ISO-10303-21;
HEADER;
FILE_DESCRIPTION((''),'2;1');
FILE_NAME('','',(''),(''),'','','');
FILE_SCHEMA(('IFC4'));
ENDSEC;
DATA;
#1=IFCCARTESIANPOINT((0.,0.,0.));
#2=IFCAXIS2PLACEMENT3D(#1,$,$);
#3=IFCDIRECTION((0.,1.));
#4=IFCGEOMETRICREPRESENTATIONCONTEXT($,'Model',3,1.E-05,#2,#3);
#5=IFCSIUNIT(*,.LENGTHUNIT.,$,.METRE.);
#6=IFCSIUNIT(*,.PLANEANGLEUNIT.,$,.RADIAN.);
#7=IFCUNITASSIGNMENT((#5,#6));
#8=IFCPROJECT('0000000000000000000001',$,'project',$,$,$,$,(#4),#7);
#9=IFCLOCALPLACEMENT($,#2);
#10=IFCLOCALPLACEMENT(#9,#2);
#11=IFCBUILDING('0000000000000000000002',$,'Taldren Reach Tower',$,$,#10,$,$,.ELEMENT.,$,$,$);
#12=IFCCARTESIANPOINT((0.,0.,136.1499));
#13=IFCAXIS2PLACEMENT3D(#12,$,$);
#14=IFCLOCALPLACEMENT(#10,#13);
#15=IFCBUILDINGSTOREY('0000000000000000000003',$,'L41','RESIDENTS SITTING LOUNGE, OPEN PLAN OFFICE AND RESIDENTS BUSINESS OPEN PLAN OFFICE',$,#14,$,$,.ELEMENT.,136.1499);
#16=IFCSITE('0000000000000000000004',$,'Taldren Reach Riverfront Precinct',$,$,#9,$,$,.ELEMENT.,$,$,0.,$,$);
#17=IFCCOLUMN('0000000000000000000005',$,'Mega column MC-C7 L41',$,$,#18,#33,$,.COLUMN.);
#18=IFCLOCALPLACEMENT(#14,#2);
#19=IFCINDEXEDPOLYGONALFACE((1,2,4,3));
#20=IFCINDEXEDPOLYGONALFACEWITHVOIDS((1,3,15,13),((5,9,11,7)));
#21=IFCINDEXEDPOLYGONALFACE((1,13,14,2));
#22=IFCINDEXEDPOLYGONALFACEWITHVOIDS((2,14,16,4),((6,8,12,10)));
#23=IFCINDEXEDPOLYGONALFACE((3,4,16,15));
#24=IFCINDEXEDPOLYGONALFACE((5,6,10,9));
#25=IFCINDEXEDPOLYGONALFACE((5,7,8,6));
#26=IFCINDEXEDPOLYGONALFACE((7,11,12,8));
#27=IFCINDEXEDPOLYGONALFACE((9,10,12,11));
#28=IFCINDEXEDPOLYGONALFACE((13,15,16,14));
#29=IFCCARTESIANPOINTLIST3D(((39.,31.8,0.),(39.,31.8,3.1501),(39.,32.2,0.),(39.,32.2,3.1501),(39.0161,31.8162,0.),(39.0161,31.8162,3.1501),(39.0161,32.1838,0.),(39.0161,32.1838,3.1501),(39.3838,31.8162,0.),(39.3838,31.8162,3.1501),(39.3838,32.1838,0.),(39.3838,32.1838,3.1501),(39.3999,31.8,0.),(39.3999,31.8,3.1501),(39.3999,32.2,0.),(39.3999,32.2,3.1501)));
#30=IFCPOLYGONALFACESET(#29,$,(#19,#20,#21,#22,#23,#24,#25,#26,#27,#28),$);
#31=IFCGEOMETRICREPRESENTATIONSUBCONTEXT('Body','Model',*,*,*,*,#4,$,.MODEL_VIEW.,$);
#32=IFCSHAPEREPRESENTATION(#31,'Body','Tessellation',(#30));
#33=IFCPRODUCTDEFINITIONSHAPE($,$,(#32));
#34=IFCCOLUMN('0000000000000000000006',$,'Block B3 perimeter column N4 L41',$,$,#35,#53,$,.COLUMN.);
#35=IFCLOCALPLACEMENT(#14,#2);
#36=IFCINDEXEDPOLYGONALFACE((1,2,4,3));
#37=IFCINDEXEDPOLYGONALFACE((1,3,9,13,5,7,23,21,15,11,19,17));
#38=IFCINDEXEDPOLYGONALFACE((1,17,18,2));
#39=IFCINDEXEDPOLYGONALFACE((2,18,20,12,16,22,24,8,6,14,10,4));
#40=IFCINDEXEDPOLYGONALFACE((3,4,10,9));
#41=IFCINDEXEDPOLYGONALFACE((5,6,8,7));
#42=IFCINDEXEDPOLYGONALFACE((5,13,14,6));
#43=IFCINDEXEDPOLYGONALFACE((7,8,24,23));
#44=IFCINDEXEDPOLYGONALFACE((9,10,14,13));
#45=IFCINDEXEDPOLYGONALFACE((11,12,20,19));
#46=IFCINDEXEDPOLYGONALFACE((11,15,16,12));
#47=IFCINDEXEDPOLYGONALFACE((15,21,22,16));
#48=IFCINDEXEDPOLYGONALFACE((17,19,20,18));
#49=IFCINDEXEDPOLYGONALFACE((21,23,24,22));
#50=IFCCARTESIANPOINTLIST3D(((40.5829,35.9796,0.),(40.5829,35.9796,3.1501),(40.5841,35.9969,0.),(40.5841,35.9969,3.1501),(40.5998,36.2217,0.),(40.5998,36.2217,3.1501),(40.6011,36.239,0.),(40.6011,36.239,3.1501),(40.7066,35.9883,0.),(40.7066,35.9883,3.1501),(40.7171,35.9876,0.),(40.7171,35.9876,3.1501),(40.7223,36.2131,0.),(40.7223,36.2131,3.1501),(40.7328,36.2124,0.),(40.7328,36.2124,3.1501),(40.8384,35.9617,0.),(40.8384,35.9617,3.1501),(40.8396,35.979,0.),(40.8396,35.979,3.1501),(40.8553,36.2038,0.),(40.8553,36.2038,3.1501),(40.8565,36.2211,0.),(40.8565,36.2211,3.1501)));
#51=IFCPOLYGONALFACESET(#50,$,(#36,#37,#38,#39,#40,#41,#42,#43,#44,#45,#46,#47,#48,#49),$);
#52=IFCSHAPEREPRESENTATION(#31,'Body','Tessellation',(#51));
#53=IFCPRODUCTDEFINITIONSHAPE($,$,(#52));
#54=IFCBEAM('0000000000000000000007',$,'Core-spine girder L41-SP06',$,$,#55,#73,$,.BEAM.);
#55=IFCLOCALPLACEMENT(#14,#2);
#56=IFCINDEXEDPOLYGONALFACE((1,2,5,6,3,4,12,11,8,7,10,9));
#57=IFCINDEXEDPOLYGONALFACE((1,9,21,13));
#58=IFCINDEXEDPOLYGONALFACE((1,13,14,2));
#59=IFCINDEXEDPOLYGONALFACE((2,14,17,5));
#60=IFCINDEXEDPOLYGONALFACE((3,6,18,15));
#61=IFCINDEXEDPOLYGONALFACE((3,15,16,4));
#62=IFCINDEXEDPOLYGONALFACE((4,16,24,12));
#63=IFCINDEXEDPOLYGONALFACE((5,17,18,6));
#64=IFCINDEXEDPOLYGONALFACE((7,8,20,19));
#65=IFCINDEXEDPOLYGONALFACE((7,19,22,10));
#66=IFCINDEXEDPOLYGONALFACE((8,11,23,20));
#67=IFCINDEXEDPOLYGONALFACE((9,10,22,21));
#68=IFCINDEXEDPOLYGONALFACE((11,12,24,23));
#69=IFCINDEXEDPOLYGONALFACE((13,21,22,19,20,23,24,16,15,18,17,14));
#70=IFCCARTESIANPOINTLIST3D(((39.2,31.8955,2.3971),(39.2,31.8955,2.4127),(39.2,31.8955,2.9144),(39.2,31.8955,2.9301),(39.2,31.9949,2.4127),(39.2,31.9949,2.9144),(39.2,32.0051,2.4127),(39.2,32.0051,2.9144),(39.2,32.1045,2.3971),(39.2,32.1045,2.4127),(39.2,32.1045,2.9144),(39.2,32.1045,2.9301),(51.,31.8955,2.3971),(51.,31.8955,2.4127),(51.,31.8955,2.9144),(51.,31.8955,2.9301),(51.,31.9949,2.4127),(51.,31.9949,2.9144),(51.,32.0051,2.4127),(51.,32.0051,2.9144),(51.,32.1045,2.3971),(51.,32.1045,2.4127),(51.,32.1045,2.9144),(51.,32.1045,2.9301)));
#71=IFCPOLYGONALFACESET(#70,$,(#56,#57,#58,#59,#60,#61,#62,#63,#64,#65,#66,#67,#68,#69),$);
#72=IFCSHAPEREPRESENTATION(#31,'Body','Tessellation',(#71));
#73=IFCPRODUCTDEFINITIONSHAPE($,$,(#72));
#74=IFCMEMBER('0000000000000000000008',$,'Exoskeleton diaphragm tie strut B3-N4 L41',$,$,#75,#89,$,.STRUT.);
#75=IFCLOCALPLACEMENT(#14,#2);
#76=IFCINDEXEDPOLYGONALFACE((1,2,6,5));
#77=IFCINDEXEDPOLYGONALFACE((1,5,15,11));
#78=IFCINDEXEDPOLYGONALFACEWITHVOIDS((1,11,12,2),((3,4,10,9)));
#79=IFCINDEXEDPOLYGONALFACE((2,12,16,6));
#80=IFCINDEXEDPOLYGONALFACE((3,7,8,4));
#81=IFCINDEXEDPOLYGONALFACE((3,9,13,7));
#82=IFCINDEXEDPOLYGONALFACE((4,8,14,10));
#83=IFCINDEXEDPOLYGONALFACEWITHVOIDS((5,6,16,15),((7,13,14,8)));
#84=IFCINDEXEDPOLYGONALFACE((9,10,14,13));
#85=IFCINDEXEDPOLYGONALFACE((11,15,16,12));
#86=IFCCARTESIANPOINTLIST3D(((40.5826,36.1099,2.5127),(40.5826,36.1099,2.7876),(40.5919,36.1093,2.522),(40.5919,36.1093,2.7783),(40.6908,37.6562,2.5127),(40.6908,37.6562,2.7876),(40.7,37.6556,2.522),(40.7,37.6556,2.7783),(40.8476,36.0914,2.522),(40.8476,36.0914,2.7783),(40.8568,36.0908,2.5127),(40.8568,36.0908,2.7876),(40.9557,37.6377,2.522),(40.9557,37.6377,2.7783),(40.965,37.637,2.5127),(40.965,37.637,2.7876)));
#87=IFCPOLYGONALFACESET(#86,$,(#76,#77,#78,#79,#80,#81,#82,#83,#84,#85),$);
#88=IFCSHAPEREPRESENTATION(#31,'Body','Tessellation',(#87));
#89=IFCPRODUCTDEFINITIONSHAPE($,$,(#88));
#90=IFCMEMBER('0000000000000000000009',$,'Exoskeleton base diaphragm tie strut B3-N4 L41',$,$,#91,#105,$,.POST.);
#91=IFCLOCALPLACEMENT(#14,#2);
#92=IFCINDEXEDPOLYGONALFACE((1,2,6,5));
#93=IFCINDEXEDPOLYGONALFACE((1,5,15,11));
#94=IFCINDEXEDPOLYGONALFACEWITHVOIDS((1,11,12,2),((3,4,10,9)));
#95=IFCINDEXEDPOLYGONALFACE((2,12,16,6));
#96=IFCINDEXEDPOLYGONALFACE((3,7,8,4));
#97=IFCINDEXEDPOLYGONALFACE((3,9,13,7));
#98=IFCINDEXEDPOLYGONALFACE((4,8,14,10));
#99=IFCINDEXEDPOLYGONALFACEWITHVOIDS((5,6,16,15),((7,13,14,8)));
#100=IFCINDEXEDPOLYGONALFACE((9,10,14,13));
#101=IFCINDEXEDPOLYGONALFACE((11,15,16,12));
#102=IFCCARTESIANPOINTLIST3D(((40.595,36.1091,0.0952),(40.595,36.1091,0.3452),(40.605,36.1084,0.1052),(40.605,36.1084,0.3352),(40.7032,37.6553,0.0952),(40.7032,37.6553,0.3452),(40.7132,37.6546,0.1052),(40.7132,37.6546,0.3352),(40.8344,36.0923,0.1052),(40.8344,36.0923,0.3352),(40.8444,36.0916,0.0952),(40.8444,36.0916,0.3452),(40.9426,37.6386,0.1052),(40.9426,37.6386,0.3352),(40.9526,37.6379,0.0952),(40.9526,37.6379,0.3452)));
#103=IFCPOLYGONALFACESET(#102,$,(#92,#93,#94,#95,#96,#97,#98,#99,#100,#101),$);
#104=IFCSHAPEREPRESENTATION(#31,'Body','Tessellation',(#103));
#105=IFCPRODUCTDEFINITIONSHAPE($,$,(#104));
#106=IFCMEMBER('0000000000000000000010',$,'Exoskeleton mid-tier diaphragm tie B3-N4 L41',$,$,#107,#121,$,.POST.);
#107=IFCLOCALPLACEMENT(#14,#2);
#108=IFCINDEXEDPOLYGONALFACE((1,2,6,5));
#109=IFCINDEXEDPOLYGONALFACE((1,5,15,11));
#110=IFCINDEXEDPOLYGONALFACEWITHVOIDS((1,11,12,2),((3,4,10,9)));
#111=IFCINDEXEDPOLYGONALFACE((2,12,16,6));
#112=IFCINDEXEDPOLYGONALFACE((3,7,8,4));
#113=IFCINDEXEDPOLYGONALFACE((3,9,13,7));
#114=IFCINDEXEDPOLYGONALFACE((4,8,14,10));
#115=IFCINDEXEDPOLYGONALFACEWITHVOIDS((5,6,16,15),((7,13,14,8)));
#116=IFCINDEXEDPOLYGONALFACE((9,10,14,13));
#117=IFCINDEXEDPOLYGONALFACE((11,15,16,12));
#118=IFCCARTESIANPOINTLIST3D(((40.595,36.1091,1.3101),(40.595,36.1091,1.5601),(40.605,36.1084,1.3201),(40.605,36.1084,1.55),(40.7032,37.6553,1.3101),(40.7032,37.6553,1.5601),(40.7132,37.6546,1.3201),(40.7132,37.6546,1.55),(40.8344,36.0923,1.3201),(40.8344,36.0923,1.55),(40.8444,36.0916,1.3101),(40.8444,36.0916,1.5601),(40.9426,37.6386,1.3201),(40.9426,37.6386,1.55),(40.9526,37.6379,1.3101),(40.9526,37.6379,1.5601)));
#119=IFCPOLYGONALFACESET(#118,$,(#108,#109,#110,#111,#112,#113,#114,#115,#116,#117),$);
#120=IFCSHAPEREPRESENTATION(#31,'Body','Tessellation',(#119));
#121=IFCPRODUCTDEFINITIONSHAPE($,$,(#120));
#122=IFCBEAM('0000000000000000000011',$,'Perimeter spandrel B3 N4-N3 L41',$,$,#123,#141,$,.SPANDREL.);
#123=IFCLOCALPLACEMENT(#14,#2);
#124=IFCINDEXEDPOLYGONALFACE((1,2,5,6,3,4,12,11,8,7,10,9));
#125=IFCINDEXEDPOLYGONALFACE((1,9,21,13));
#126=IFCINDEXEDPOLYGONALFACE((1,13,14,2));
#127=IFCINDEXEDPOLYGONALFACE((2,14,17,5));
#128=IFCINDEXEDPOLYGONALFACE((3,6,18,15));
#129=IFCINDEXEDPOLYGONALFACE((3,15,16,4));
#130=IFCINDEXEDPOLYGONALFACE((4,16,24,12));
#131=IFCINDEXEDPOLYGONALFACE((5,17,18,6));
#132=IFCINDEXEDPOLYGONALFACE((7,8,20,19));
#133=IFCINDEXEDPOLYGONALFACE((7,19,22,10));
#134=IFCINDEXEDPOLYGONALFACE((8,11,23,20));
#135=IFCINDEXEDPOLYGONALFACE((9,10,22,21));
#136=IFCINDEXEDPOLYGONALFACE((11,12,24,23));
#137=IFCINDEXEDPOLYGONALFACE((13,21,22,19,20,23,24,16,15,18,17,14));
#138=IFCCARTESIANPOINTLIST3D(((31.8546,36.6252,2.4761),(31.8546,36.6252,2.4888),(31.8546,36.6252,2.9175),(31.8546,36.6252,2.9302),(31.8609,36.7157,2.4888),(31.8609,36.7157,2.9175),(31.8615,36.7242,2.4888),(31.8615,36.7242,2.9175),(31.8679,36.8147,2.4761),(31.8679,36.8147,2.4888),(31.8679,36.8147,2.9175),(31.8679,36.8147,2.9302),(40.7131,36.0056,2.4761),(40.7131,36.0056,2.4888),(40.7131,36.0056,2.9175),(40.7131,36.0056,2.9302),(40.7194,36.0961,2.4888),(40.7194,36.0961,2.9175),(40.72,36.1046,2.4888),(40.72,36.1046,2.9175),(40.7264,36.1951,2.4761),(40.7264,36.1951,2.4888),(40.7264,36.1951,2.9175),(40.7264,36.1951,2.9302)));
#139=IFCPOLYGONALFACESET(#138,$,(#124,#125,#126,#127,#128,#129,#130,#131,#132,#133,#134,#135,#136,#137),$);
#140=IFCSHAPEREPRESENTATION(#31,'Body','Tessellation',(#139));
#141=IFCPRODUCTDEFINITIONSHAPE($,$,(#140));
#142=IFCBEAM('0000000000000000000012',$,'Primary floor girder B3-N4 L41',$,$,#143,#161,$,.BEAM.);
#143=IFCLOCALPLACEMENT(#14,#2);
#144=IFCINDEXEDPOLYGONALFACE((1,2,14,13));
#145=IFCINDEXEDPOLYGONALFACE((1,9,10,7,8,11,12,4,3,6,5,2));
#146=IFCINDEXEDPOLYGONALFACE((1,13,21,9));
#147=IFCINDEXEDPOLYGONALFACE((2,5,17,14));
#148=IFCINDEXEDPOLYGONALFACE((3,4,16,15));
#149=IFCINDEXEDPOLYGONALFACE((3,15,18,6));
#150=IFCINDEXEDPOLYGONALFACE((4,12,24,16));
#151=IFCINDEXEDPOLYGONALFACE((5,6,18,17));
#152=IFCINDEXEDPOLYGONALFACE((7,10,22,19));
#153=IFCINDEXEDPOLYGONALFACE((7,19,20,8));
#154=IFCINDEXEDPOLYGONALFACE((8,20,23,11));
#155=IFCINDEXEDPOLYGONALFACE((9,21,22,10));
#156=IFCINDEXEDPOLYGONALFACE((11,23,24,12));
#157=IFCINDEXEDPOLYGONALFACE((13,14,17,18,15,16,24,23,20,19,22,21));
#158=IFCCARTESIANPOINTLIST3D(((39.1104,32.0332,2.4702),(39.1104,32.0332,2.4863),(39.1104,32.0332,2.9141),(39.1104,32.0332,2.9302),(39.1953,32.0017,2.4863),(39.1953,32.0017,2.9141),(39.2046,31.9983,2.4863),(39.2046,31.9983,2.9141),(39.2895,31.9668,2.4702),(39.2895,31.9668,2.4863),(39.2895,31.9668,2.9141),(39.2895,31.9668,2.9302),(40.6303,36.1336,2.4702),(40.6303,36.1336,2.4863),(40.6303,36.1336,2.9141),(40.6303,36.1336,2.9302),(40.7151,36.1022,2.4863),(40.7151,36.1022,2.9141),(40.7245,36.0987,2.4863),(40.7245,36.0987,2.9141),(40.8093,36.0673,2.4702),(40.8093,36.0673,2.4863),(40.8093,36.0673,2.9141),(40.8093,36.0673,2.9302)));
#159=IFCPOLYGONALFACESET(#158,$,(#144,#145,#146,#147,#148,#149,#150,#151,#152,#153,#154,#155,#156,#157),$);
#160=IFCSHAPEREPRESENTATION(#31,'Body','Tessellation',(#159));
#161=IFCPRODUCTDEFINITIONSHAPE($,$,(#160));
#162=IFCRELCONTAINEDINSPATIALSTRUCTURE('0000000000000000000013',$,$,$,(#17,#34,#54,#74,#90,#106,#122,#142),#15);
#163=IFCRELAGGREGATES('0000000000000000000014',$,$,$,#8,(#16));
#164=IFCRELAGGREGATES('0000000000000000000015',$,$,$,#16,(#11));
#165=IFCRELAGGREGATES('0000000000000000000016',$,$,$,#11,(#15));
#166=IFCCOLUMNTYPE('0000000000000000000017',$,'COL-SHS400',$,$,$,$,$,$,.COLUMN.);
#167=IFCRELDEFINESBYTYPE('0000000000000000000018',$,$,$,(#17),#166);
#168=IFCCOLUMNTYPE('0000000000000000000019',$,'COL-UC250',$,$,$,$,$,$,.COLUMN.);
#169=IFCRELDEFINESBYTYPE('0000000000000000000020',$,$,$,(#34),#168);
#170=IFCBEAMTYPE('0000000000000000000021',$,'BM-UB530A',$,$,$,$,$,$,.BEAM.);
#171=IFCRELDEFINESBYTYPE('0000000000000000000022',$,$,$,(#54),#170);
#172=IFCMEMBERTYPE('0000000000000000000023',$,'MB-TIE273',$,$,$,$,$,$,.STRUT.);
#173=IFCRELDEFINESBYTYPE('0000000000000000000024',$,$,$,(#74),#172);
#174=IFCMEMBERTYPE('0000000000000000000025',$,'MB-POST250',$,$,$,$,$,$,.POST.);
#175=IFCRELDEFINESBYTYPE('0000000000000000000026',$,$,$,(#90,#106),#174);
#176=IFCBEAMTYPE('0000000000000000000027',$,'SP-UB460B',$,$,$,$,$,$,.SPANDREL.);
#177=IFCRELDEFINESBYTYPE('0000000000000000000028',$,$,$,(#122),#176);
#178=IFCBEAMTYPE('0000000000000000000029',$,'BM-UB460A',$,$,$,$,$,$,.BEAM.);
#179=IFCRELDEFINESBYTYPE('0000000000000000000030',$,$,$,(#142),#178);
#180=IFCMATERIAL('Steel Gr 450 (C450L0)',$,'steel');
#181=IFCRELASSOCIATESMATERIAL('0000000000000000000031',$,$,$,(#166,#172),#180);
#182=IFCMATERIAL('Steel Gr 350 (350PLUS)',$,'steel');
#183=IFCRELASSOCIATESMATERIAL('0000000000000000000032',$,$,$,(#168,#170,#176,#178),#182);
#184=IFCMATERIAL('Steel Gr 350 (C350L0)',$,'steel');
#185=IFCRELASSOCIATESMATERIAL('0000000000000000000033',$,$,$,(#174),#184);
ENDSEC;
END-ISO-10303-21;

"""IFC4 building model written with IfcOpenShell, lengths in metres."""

from ifc_helpers import new_model, si_unit, direction, frame, origin, origin_2d, place, context, subcontext, project, spatial, hollow_rectangle, i_section, extrude, source, transform, mapped, material, material_profile, profile_set, type_object, element, save


model = new_model("IFC4")

# Units and contexts
model_context = context("Model", 3, precision=1e-05, world=origin(), true_north=direction((0.0, 1.0)))
body_context = subcontext(model_context, "Body", "Model", "MODEL_VIEW")
ifc_project = project(units=[si_unit("LENGTHUNIT", "METRE"), si_unit("PLANEANGLEUNIT", "RADIAN")], contexts=[model_context])

# Site, building, storey
site_placement = place(None, origin())
site = spatial("IfcSite", under=ifc_project, at=site_placement, Name="Taldren Reach Riverfront Precinct", CompositionType="ELEMENT", RefElevation=0.0)
building_placement = place(site_placement, origin())
building = spatial("IfcBuilding", under=site, at=building_placement, Name="Taldren Reach Tower", CompositionType="ELEMENT")
storey_placement = place(building_placement, frame((0.0, 0.0, 136.1499)))
storey = spatial("IfcBuildingStorey", under=building, at=storey_placement, Name="L41", Description="RESIDENTS SITTING LOUNGE, OPEN PLAN OFFICE AND RESIDENTS BUSINESS OPEN PLAN OFFICE", CompositionType="ELEMENT", Elevation=136.1499)

# Columns
ifc_material_1 = material(Name="Steel Gr 450 (C450L0)", Category="steel")
ifc_material_profile_1 = material_profile(ifc_material_1, hollow_rectangle(XDim=0.3999, YDim=0.3999, WallThickness=0.0161, at=origin_2d()), Name="400x400x16.0SHS")
ifc_profile_set_1 = profile_set([ifc_material_profile_1], Name="Steel Gr 450 (C450L0)")
column_type_1 = type_object("IfcColumnType", Name="COL-SHS400", PredefinedType="COLUMN", material=ifc_profile_set_1)
shared_shape_1 = source(origin(), body_context, "Body", "SweptSolid", [
    extrude(hollow_rectangle(XDim=0.3999, YDim=0.3999, WallThickness=0.0161, at=origin_2d()), origin(), (0.0, 0.0, 1.0), 3.1501),
])
column_1_placement = place(storey_placement, frame((39.2, 32.0, 0.0), z_axis=(0.0, 0.0, 1.0), x_axis=(1.0, 0.0, 0.0)))
element("IfcColumn", 1, at=column_1_placement, inside=storey, type_object=column_type_1, Name="Mega column MC-C7 L41", PredefinedType="COLUMN", context=body_context, shape_type="MappedRepresentation", body=[
    mapped(shared_shape_1, transform((0.0, 0.0, 0.0), scale=1.0)),
])
ifc_material_2 = material(Name="Steel Gr 350 (350PLUS)", Category="steel")
ifc_material_profile_2 = material_profile(ifc_material_2, i_section(OverallWidth=0.2561, OverallDepth=0.26, WebThickness=0.0105, FlangeThickness=0.0173, at=origin_2d()), Name="250UC89.5")
ifc_profile_set_2 = profile_set([ifc_material_profile_2], Name="Steel Gr 350 (350PLUS)")
column_type_2 = type_object("IfcColumnType", Name="COL-UC250", PredefinedType="COLUMN", material=ifc_profile_set_2)
shared_shape_2 = source(origin(), body_context, "Body", "SweptSolid", [
    extrude(i_section(OverallWidth=0.2561, OverallDepth=0.26, WebThickness=0.0105, FlangeThickness=0.0173, at=origin_2d()), origin(), (0.0, 0.0, 1.0), 3.1501),
])
column_2_placement = place(storey_placement, frame((40.7197, 36.1003, 0.0), z_axis=(0.0, 0.0, 1.0), x_axis=(0.997564, -0.069756, 0.0)))
element("IfcColumn", 2, at=column_2_placement, inside=storey, type_object=column_type_2, Name="Block B3 perimeter column N4 L41", PredefinedType="COLUMN", context=body_context, shape_type="MappedRepresentation", body=[
    mapped(shared_shape_2, transform((0.0, 0.0, 0.0), scale=1.0)),
])

# Beam
ifc_material_profile_3 = material_profile(ifc_material_2, i_section(OverallWidth=0.209, OverallDepth=0.533, WebThickness=0.0103, FlangeThickness=0.0156, at=origin_2d()), Name="530UB92.4")
ifc_profile_set_3 = profile_set([ifc_material_profile_3], Name="Steel Gr 350 (350PLUS)")
beam_type_1 = type_object("IfcBeamType", Name="BM-UB530A", PredefinedType="BEAM", material=ifc_profile_set_3)
shared_shape_3 = source(origin(), body_context, "Body", "SweptSolid", [
    extrude(i_section(OverallWidth=0.209, OverallDepth=0.533, WebThickness=0.0103, FlangeThickness=0.0156, at=origin_2d()), origin(), (0.0, 0.0, 1.0), 11.8),
])
beam_1_placement = place(storey_placement, frame((39.2, 32.0, 2.6636), z_axis=(1.0, 0.0, 0.0), x_axis=(0.0, 1.0, 0.0)))
element("IfcBeam", 3, at=beam_1_placement, inside=storey, type_object=beam_type_1, Name="Core-spine girder L41-SP06", PredefinedType="BEAM", context=body_context, shape_type="MappedRepresentation", body=[
    mapped(shared_shape_3, transform((0.0, 0.0, 0.0), scale=1.0)),
])

# Members
ifc_material_profile_4 = material_profile(ifc_material_1, hollow_rectangle(XDim=0.2749, YDim=0.2749, WallThickness=0.0093, at=origin_2d()), Name="275x275x9.3SHS")
ifc_profile_set_4 = profile_set([ifc_material_profile_4], Name="Steel Gr 450 (C450L0)")
member_type_1 = type_object("IfcMemberType", Name="MB-TIE273", PredefinedType="STRUT", material=ifc_profile_set_4)
shared_shape_4 = source(origin(), body_context, "Body", "SweptSolid", [
    extrude(hollow_rectangle(XDim=0.2749, YDim=0.2749, WallThickness=0.0093, at=origin_2d()), origin(), (0.0, 0.0, 1.0), 1.55),
])
member_1_placement = place(storey_placement, frame((40.7197, 36.1003, 2.6501), z_axis=(0.06977, 0.997563, 0.0), x_axis=(-0.997563, 0.06977, 0.0)))
element("IfcMember", 4, at=member_1_placement, inside=storey, type_object=member_type_1, Name="Exoskeleton diaphragm tie strut B3-N4 L41", PredefinedType="STRUT", context=body_context, shape_type="MappedRepresentation", body=[
    mapped(shared_shape_4, transform((0.0, 0.0, 0.0), scale=1.0)),
])
ifc_material_3 = material(Name="Steel Gr 350 (C350L0)", Category="steel")
ifc_material_profile_5 = material_profile(ifc_material_3, hollow_rectangle(XDim=0.25, YDim=0.25, WallThickness=0.01, at=origin_2d()), Name="250x250x10.0SHS")
ifc_profile_set_5 = profile_set([ifc_material_profile_5], Name="Steel Gr 350 (C350L0)")
member_type_2 = type_object("IfcMemberType", Name="MB-POST250", PredefinedType="POST", material=ifc_profile_set_5)
shared_shape_5 = source(origin(), body_context, "Body", "SweptSolid", [
    extrude(hollow_rectangle(XDim=0.25, YDim=0.25, WallThickness=0.01, at=origin_2d()), origin(), (0.0, 0.0, 1.0), 1.55),
])
for number, where, z_axis, x_axis, name in (
    (5, (40.7197, 36.1003, 0.2202), (0.06977, 0.997563, 0.0), (-0.997563, 0.06977, 0.0), "Exoskeleton base diaphragm tie strut B3-N4 L41"),
    (6, (40.7197, 36.1003, 1.4351), (0.06977, 0.997563, 0.0), (-0.997563, 0.06977, 0.0), "Exoskeleton mid-tier diaphragm tie B3-N4 L41"),
):
    element("IfcMember", number, at=place(storey_placement, frame(where, z_axis=z_axis, x_axis=x_axis)), inside=storey, type_object=member_type_2, Name=name, PredefinedType="POST", context=body_context, shape_type="MappedRepresentation", body=[
        mapped(shared_shape_5, transform((0.0, 0.0, 0.0), scale=1.0)),
    ])

# Beams
ifc_material_profile_6 = material_profile(ifc_material_2, i_section(OverallWidth=0.1899, OverallDepth=0.4541, WebThickness=0.0085, FlangeThickness=0.0127, at=origin_2d()), Name="460UB67.1")
ifc_profile_set_6 = profile_set([ifc_material_profile_6], Name="Steel Gr 350 (350PLUS)")
beam_type_2 = type_object("IfcBeamType", Name="SP-UB460B", PredefinedType="SPANDREL", material=ifc_profile_set_6)
shared_shape_6 = source(origin(), body_context, "Body", "SweptSolid", [
    extrude(i_section(OverallWidth=0.1899, OverallDepth=0.4541, WebThickness=0.0085, FlangeThickness=0.0127, at=origin_2d()), origin(), (0.0, 0.0, 1.0), 8.8801),
])
beam_2_placement = place(storey_placement, frame((40.7197, 36.1003, 2.7031), z_axis=(-0.997563, 0.069778, 0.0), x_axis=(-0.069778, -0.997563, 0.0)))
element("IfcBeam", 7, at=beam_2_placement, inside=storey, type_object=beam_type_2, Name="Perimeter spandrel B3 N4-N3 L41", PredefinedType="SPANDREL", context=body_context, shape_type="MappedRepresentation", body=[
    mapped(shared_shape_6, transform((0.0, 0.0, 0.0), scale=1.0)),
])
ifc_material_profile_7 = material_profile(ifc_material_2, i_section(OverallWidth=0.1909, OverallDepth=0.46, WebThickness=0.01, FlangeThickness=0.0161, at=origin_2d()), Name="460UB82.1")
ifc_profile_set_7 = profile_set([ifc_material_profile_7], Name="Steel Gr 350 (350PLUS)")
beam_type_3 = type_object("IfcBeamType", Name="BM-UB460A", PredefinedType="BEAM", material=ifc_profile_set_7)
shared_shape_7 = source(origin(), body_context, "Body", "SweptSolid", [
    extrude(i_section(OverallWidth=0.1909, OverallDepth=0.46, WebThickness=0.01, FlangeThickness=0.0161, at=origin_2d()), origin(), (0.0, 0.0, 1.0), 4.373),
])
beam_3_placement = place(storey_placement, frame((39.2, 32.0, 2.7002), z_axis=(0.347542, 0.937665, 0.0), x_axis=(-0.937665, 0.347542, 0.0)))
element("IfcBeam", 8, at=beam_3_placement, inside=storey, type_object=beam_type_3, Name="Primary floor girder B3-N4 L41", PredefinedType="BEAM", context=body_context, shape_type="MappedRepresentation", body=[
    mapped(shared_shape_7, transform((0.0, 0.0, 0.0), scale=1.0)),
])

save(model, "model.ifc")
